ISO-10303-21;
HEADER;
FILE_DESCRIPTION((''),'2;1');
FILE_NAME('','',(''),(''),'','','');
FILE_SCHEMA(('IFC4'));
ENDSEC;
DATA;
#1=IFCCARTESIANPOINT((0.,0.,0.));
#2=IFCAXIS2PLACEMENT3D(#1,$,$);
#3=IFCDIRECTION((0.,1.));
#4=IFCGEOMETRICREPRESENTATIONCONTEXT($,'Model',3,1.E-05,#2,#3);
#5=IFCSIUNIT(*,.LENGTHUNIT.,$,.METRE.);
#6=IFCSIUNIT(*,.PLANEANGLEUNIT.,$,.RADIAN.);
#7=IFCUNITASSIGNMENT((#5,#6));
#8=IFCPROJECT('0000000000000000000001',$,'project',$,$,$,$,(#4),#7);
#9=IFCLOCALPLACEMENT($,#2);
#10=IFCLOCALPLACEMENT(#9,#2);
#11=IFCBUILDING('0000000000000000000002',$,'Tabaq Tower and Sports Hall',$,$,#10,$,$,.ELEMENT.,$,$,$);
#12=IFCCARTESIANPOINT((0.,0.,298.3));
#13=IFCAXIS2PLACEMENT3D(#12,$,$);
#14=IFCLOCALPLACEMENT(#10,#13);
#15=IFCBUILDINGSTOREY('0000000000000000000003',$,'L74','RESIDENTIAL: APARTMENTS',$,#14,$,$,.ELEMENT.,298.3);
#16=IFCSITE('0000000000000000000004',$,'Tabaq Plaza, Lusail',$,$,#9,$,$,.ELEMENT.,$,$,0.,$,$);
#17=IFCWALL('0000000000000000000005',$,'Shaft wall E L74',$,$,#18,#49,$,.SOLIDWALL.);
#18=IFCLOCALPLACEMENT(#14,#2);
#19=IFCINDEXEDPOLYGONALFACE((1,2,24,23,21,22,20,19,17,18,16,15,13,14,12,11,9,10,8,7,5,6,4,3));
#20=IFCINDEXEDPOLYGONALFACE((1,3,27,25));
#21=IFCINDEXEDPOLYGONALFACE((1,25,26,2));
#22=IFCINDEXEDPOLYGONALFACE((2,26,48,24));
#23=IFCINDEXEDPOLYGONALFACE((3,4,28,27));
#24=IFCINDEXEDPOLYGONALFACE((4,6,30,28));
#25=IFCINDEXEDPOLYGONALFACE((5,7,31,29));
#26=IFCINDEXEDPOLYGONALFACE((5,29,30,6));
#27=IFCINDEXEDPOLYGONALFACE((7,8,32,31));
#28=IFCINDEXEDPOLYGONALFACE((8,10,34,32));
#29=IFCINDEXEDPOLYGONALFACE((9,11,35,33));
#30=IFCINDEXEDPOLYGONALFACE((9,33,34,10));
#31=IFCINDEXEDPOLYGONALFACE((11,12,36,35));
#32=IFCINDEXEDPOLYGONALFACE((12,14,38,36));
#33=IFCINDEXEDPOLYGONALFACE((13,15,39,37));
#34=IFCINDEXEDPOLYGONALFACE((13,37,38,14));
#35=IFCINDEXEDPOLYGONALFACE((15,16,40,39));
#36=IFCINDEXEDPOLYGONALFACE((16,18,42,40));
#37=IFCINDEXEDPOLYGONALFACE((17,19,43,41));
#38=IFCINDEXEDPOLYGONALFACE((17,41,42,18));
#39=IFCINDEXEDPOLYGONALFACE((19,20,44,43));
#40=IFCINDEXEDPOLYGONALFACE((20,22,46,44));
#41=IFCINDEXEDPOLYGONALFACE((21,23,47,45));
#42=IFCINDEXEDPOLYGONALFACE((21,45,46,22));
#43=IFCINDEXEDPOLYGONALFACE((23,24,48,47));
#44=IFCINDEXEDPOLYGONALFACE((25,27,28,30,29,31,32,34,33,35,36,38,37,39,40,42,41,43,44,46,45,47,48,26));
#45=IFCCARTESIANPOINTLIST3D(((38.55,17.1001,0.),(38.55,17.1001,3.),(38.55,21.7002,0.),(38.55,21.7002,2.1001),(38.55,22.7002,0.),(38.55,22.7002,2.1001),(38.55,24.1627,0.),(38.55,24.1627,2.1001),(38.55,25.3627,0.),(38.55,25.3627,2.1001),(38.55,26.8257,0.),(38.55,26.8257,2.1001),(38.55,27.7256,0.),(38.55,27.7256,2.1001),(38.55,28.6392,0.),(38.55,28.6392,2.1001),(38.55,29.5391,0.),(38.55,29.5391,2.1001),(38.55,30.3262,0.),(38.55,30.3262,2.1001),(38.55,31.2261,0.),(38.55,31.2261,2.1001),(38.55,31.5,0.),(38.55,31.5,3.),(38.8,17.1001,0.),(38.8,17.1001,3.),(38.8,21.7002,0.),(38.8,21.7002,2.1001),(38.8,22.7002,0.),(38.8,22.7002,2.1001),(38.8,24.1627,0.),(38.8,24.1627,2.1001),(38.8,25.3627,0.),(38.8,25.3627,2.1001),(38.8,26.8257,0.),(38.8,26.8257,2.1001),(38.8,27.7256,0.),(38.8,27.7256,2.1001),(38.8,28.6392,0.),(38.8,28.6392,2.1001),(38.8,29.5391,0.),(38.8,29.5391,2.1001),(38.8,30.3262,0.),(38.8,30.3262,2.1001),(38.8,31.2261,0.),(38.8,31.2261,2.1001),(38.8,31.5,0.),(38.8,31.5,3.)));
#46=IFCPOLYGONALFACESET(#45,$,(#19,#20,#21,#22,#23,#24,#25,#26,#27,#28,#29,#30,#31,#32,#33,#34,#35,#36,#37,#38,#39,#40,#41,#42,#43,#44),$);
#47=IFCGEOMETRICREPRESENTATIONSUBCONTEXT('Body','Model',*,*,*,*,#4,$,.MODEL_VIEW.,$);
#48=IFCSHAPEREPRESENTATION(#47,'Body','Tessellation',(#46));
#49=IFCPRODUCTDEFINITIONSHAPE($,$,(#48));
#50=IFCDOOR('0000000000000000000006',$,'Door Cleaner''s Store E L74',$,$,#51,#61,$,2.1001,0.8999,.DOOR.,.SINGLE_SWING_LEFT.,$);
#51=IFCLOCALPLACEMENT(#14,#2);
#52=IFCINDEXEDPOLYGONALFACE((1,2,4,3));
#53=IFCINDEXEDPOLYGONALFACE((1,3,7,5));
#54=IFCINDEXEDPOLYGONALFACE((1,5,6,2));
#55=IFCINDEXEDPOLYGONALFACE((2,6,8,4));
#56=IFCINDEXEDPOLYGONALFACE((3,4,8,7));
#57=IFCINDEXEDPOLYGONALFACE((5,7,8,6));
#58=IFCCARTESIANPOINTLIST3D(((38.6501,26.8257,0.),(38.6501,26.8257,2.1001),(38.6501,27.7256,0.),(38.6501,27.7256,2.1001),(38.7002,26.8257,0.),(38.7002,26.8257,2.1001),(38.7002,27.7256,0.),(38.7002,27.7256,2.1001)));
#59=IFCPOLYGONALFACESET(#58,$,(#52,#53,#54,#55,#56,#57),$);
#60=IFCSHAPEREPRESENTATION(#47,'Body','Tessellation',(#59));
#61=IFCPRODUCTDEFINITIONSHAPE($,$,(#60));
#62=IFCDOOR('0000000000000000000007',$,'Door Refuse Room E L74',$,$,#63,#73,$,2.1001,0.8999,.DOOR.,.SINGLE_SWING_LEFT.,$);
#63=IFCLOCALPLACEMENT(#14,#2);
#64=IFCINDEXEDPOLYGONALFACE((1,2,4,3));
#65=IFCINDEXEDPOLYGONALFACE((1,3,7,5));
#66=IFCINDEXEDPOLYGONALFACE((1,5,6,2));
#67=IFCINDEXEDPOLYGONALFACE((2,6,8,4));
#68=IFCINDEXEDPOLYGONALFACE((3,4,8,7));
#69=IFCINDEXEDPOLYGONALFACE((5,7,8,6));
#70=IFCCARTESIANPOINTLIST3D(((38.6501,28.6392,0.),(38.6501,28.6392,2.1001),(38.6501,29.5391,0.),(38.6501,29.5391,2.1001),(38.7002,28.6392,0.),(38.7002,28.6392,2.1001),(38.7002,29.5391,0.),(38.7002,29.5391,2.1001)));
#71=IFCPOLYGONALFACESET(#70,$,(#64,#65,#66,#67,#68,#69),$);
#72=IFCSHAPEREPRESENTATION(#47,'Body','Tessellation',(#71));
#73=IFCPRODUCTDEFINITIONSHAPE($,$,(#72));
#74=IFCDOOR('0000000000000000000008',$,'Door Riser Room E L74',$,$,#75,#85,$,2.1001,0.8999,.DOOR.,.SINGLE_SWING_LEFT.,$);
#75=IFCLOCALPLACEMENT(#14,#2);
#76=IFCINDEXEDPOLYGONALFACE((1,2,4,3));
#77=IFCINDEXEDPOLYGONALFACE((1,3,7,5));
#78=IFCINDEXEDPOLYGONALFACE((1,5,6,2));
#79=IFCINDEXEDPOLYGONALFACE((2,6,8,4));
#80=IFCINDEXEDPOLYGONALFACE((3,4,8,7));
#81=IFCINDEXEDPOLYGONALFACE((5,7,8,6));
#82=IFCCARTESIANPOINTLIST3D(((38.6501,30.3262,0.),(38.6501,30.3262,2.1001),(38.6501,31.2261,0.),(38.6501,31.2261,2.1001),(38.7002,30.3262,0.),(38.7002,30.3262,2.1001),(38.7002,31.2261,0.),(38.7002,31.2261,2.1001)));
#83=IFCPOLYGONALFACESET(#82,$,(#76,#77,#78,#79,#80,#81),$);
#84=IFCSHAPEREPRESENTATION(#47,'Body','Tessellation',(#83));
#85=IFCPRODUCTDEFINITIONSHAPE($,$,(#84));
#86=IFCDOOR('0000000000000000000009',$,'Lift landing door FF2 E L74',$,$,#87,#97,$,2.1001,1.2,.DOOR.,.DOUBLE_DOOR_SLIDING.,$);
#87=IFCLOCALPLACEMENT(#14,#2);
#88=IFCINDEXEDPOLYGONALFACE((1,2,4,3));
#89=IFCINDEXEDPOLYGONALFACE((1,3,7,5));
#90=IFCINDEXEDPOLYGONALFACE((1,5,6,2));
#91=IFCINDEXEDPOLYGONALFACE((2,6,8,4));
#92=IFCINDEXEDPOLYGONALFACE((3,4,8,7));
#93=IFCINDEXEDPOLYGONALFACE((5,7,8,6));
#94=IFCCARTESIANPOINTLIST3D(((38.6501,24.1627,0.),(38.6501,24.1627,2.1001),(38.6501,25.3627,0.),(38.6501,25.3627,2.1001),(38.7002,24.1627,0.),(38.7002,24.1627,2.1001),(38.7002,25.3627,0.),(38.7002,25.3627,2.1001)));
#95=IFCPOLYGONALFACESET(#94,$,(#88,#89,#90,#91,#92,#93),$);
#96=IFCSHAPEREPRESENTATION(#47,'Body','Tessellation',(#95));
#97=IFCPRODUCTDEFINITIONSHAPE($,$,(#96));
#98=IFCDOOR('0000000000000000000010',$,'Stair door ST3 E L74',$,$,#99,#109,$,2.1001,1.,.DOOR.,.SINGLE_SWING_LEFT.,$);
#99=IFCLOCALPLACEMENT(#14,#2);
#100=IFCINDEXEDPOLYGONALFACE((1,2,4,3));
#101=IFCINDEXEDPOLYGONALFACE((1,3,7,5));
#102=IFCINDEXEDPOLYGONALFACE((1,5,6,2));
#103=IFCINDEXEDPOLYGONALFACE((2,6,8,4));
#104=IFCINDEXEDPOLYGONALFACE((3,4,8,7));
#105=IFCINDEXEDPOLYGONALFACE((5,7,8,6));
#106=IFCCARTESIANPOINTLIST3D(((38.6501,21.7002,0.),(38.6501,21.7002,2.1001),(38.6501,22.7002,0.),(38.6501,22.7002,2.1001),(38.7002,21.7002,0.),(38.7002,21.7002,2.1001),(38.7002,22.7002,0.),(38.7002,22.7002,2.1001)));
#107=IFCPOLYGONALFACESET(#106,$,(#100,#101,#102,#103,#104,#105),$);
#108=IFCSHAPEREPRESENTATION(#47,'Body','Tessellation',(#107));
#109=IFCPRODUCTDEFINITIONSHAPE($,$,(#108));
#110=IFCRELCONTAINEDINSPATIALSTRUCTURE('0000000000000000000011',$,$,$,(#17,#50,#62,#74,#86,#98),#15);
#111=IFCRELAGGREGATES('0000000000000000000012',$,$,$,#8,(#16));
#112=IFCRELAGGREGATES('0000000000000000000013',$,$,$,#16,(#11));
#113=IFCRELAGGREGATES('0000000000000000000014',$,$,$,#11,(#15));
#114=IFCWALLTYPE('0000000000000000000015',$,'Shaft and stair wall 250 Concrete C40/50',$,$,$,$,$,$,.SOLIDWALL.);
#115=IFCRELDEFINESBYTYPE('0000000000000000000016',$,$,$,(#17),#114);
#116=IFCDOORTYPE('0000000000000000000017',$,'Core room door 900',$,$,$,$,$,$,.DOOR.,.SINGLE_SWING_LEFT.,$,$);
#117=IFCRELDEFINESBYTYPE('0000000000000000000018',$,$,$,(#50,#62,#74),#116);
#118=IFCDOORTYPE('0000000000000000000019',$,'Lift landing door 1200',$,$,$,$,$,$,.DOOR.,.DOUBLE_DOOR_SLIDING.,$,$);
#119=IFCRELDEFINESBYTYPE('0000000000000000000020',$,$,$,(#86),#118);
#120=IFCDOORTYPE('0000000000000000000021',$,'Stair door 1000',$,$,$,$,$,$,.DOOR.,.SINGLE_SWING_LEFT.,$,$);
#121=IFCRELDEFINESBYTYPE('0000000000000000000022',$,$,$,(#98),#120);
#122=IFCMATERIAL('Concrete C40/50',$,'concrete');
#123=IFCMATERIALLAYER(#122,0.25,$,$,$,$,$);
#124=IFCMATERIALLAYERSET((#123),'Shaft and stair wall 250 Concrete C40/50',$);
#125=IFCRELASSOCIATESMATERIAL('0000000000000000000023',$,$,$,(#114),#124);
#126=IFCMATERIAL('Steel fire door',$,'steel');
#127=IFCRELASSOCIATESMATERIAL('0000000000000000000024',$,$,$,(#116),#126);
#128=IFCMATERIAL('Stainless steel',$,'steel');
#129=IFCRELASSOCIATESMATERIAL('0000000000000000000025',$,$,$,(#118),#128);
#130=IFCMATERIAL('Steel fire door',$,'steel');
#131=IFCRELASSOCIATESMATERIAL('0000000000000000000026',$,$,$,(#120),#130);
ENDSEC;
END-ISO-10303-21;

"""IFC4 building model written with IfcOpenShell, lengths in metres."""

from ifc_helpers import new_model, si_unit, direction, frame, frame_2d, origin, place, context, subcontext, project, spatial, rectangle, extrude, material, layer, layer_set, type_object, element, fill, save


model = new_model("IFC4")

# Units and contexts
model_context = context("Model", 3, precision=1e-05, world=origin(), true_north=direction((0.0, 1.0)))
body_context = subcontext(model_context, "Body", "Model", "MODEL_VIEW")
ifc_project = project(units=[si_unit("LENGTHUNIT", "METRE"), si_unit("PLANEANGLEUNIT", "RADIAN")], contexts=[model_context])

# Site, building, storey
site_placement = place(None, origin())
site = spatial("IfcSite", under=ifc_project, at=site_placement, Name="Tabaq Plaza, Lusail", CompositionType="ELEMENT", RefElevation=0.0)
building_placement = place(site_placement, origin())
building = spatial("IfcBuilding", under=site, at=building_placement, Name="Tabaq Tower and Sports Hall", CompositionType="ELEMENT")
storey_placement = place(building_placement, frame((0.0, 0.0, 298.3)))
storey = spatial("IfcBuildingStorey", under=building, at=storey_placement, Name="L74", Description="RESIDENTIAL: APARTMENTS", CompositionType="ELEMENT", Elevation=298.3)

# Wall, openings, doors
ifc_material_1 = material(Name="Concrete C40/50", Category="concrete")
ifc_layer_1 = layer(ifc_material_1, 0.25)
ifc_layer_set_1 = layer_set([ifc_layer_1], Name="Shaft and stair wall 250 Concrete C40/50")
wall_type_1 = type_object("IfcWallType", Name="Shaft and stair wall 250 Concrete C40/50", PredefinedType="SOLIDWALL", material=ifc_layer_set_1)
wall_1_placement = place(storey_placement, frame((38.675, 17.1001, 0.0), z_axis=(0.0, 0.0, 1.0), x_axis=(0.0, 1.0, 0.0)))
wall_1 = element("IfcWall", 1, at=wall_1_placement, inside=storey, type_object=wall_type_1, Name="Shaft wall E L74", PredefinedType="SOLIDWALL", context=body_context, shape_type="SweptSolid", body=[
    extrude(rectangle(XDim=14.3999, YDim=0.25, at=frame_2d((7.2, 0.0))), origin(), (0.0, 0.0, 1.0), 3.0),
])
opening_1_placement = place(wall_1_placement, frame((4.6001, 0.0, 0.0)))
opening_1 = element("IfcOpeningElement", 2, at=opening_1_placement, cuts=wall_1, PredefinedType="OPENING", context=body_context, shape_type="SweptSolid", body=[
    extrude(rectangle(XDim=1.0, YDim=2.1001, at=frame_2d((0.5, 1.05))), frame((0.0, 0.125, 0.0), z_axis=(0.0, -1.0, 0.0), x_axis=(1.0, 0.0, 0.0)), (0.0, 0.0, 1.0), 0.25),
])
opening_2_placement = place(wall_1_placement, frame((7.0625, 0.0, 0.0)))
opening_2 = element("IfcOpeningElement", 3, at=opening_2_placement, cuts=wall_1, PredefinedType="OPENING", context=body_context, shape_type="SweptSolid", body=[
    extrude(rectangle(XDim=1.2, YDim=2.1001, at=frame_2d((0.6001, 1.05))), frame((0.0, 0.125, 0.0), z_axis=(0.0, -1.0, 0.0), x_axis=(1.0, 0.0, 0.0)), (0.0, 0.0, 1.0), 0.25),
])
opening_3_placement = place(wall_1_placement, frame((9.7256, 0.0, 0.0)))
opening_3 = element("IfcOpeningElement", 4, at=opening_3_placement, cuts=wall_1, PredefinedType="OPENING", context=body_context, shape_type="SweptSolid", body=[
    extrude(rectangle(XDim=0.8999, YDim=2.1001, at=frame_2d((0.45, 1.05))), frame((0.0, 0.125, 0.0), z_axis=(0.0, -1.0, 0.0), x_axis=(1.0, 0.0, 0.0)), (0.0, 0.0, 1.0), 0.25),
])
opening_4_placement = place(wall_1_placement, frame((11.5391, 0.0, 0.0)))
opening_4 = element("IfcOpeningElement", 5, at=opening_4_placement, cuts=wall_1, PredefinedType="OPENING", context=body_context, shape_type="SweptSolid", body=[
    extrude(rectangle(XDim=0.8999, YDim=2.1001, at=frame_2d((0.45, 1.05))), frame((0.0, 0.125, 0.0), z_axis=(0.0, -1.0, 0.0), x_axis=(1.0, 0.0, 0.0)), (0.0, 0.0, 1.0), 0.25),
])
opening_5_placement = place(wall_1_placement, frame((13.2261, 0.0, 0.0)))
opening_5 = element("IfcOpeningElement", 6, at=opening_5_placement, cuts=wall_1, PredefinedType="OPENING", context=body_context, shape_type="SweptSolid", body=[
    extrude(rectangle(XDim=0.8999, YDim=2.1001, at=frame_2d((0.45, 1.05))), frame((0.0, 0.125, 0.0), z_axis=(0.0, -1.0, 0.0), x_axis=(1.0, 0.0, 0.0)), (0.0, 0.0, 1.0), 0.25),
])
ifc_material_2 = material(Name="Steel fire door", Category="steel")
door_type_1 = type_object("IfcDoorType", Name="Core room door 900", OperationType="SINGLE_SWING_LEFT", PredefinedType="DOOR", material=ifc_material_2)
door_1_placement = place(opening_3_placement, origin())
door_1 = element("IfcDoor", 7, at=door_1_placement, inside=storey, type_object=door_type_1, Name="Door Cleaner's Store E L74", OperationType="SINGLE_SWING_LEFT", OverallHeight=2.1001, OverallWidth=0.8999, PredefinedType="DOOR", context=body_context, shape_type="SweptSolid", body=[
    extrude(rectangle(XDim=0.8999, YDim=2.1001, at=frame_2d((0.45, 1.05))), frame((0.0, 0.0249, 0.0), z_axis=(0.0, -1.0, 0.0), x_axis=(1.0, 0.0, 0.0)), (0.0, 0.0, 1.0), 0.05),
])
fill(opening_3, door_1)
door_2_placement = place(opening_4_placement, origin())
door_2 = element("IfcDoor", 8, at=door_2_placement, inside=storey, type_object=door_type_1, Name="Door Refuse Room E L74", OperationType="SINGLE_SWING_LEFT", OverallHeight=2.1001, OverallWidth=0.8999, PredefinedType="DOOR", context=body_context, shape_type="SweptSolid", body=[
    extrude(rectangle(XDim=0.8999, YDim=2.1001, at=frame_2d((0.45, 1.05))), frame((0.0, 0.0249, 0.0), z_axis=(0.0, -1.0, 0.0), x_axis=(1.0, 0.0, 0.0)), (0.0, 0.0, 1.0), 0.05),
])
fill(opening_4, door_2)
door_3_placement = place(opening_5_placement, origin())
door_3 = element("IfcDoor", 9, at=door_3_placement, inside=storey, type_object=door_type_1, Name="Door Riser Room E L74", OperationType="SINGLE_SWING_LEFT", OverallHeight=2.1001, OverallWidth=0.8999, PredefinedType="DOOR", context=body_context, shape_type="SweptSolid", body=[
    extrude(rectangle(XDim=0.8999, YDim=2.1001, at=frame_2d((0.45, 1.05))), frame((0.0, 0.0249, 0.0), z_axis=(0.0, -1.0, 0.0), x_axis=(1.0, 0.0, 0.0)), (0.0, 0.0, 1.0), 0.05),
])
fill(opening_5, door_3)
ifc_material_3 = material(Name="Stainless steel", Category="steel")
door_type_2 = type_object("IfcDoorType", Name="Lift landing door 1200", OperationType="DOUBLE_DOOR_SLIDING", PredefinedType="DOOR", material=ifc_material_3)
door_4_placement = place(opening_2_placement, origin())
door_4 = element("IfcDoor", 10, at=door_4_placement, inside=storey, type_object=door_type_2, Name="Lift landing door FF2 E L74", OperationType="DOUBLE_DOOR_SLIDING", OverallHeight=2.1001, OverallWidth=1.2, PredefinedType="DOOR", context=body_context, shape_type="SweptSolid", body=[
    extrude(rectangle(XDim=1.2, YDim=2.1001, at=frame_2d((0.6001, 1.05))), frame((0.0, 0.0249, 0.0), z_axis=(0.0, -1.0, 0.0), x_axis=(1.0, 0.0, 0.0)), (0.0, 0.0, 1.0), 0.05),
])
fill(opening_2, door_4)
ifc_material_4 = material(Name="Steel fire door", Category="steel")
door_type_3 = type_object("IfcDoorType", Name="Stair door 1000", OperationType="SINGLE_SWING_LEFT", PredefinedType="DOOR", material=ifc_material_4)
door_5_placement = place(opening_1_placement, origin())
door_5 = element("IfcDoor", 11, at=door_5_placement, inside=storey, type_object=door_type_3, Name="Stair door ST3 E L74", OperationType="SINGLE_SWING_LEFT", OverallHeight=2.1001, OverallWidth=1.0, PredefinedType="DOOR", context=body_context, shape_type="SweptSolid", body=[
    extrude(rectangle(XDim=1.0, YDim=2.1001, at=frame_2d((0.5, 1.05))), frame((0.0, 0.0249, 0.0), z_axis=(0.0, -1.0, 0.0), x_axis=(1.0, 0.0, 0.0)), (0.0, 0.0, 1.0), 0.05),
])
fill(opening_1, door_5)

save(model, "model.ifc")
